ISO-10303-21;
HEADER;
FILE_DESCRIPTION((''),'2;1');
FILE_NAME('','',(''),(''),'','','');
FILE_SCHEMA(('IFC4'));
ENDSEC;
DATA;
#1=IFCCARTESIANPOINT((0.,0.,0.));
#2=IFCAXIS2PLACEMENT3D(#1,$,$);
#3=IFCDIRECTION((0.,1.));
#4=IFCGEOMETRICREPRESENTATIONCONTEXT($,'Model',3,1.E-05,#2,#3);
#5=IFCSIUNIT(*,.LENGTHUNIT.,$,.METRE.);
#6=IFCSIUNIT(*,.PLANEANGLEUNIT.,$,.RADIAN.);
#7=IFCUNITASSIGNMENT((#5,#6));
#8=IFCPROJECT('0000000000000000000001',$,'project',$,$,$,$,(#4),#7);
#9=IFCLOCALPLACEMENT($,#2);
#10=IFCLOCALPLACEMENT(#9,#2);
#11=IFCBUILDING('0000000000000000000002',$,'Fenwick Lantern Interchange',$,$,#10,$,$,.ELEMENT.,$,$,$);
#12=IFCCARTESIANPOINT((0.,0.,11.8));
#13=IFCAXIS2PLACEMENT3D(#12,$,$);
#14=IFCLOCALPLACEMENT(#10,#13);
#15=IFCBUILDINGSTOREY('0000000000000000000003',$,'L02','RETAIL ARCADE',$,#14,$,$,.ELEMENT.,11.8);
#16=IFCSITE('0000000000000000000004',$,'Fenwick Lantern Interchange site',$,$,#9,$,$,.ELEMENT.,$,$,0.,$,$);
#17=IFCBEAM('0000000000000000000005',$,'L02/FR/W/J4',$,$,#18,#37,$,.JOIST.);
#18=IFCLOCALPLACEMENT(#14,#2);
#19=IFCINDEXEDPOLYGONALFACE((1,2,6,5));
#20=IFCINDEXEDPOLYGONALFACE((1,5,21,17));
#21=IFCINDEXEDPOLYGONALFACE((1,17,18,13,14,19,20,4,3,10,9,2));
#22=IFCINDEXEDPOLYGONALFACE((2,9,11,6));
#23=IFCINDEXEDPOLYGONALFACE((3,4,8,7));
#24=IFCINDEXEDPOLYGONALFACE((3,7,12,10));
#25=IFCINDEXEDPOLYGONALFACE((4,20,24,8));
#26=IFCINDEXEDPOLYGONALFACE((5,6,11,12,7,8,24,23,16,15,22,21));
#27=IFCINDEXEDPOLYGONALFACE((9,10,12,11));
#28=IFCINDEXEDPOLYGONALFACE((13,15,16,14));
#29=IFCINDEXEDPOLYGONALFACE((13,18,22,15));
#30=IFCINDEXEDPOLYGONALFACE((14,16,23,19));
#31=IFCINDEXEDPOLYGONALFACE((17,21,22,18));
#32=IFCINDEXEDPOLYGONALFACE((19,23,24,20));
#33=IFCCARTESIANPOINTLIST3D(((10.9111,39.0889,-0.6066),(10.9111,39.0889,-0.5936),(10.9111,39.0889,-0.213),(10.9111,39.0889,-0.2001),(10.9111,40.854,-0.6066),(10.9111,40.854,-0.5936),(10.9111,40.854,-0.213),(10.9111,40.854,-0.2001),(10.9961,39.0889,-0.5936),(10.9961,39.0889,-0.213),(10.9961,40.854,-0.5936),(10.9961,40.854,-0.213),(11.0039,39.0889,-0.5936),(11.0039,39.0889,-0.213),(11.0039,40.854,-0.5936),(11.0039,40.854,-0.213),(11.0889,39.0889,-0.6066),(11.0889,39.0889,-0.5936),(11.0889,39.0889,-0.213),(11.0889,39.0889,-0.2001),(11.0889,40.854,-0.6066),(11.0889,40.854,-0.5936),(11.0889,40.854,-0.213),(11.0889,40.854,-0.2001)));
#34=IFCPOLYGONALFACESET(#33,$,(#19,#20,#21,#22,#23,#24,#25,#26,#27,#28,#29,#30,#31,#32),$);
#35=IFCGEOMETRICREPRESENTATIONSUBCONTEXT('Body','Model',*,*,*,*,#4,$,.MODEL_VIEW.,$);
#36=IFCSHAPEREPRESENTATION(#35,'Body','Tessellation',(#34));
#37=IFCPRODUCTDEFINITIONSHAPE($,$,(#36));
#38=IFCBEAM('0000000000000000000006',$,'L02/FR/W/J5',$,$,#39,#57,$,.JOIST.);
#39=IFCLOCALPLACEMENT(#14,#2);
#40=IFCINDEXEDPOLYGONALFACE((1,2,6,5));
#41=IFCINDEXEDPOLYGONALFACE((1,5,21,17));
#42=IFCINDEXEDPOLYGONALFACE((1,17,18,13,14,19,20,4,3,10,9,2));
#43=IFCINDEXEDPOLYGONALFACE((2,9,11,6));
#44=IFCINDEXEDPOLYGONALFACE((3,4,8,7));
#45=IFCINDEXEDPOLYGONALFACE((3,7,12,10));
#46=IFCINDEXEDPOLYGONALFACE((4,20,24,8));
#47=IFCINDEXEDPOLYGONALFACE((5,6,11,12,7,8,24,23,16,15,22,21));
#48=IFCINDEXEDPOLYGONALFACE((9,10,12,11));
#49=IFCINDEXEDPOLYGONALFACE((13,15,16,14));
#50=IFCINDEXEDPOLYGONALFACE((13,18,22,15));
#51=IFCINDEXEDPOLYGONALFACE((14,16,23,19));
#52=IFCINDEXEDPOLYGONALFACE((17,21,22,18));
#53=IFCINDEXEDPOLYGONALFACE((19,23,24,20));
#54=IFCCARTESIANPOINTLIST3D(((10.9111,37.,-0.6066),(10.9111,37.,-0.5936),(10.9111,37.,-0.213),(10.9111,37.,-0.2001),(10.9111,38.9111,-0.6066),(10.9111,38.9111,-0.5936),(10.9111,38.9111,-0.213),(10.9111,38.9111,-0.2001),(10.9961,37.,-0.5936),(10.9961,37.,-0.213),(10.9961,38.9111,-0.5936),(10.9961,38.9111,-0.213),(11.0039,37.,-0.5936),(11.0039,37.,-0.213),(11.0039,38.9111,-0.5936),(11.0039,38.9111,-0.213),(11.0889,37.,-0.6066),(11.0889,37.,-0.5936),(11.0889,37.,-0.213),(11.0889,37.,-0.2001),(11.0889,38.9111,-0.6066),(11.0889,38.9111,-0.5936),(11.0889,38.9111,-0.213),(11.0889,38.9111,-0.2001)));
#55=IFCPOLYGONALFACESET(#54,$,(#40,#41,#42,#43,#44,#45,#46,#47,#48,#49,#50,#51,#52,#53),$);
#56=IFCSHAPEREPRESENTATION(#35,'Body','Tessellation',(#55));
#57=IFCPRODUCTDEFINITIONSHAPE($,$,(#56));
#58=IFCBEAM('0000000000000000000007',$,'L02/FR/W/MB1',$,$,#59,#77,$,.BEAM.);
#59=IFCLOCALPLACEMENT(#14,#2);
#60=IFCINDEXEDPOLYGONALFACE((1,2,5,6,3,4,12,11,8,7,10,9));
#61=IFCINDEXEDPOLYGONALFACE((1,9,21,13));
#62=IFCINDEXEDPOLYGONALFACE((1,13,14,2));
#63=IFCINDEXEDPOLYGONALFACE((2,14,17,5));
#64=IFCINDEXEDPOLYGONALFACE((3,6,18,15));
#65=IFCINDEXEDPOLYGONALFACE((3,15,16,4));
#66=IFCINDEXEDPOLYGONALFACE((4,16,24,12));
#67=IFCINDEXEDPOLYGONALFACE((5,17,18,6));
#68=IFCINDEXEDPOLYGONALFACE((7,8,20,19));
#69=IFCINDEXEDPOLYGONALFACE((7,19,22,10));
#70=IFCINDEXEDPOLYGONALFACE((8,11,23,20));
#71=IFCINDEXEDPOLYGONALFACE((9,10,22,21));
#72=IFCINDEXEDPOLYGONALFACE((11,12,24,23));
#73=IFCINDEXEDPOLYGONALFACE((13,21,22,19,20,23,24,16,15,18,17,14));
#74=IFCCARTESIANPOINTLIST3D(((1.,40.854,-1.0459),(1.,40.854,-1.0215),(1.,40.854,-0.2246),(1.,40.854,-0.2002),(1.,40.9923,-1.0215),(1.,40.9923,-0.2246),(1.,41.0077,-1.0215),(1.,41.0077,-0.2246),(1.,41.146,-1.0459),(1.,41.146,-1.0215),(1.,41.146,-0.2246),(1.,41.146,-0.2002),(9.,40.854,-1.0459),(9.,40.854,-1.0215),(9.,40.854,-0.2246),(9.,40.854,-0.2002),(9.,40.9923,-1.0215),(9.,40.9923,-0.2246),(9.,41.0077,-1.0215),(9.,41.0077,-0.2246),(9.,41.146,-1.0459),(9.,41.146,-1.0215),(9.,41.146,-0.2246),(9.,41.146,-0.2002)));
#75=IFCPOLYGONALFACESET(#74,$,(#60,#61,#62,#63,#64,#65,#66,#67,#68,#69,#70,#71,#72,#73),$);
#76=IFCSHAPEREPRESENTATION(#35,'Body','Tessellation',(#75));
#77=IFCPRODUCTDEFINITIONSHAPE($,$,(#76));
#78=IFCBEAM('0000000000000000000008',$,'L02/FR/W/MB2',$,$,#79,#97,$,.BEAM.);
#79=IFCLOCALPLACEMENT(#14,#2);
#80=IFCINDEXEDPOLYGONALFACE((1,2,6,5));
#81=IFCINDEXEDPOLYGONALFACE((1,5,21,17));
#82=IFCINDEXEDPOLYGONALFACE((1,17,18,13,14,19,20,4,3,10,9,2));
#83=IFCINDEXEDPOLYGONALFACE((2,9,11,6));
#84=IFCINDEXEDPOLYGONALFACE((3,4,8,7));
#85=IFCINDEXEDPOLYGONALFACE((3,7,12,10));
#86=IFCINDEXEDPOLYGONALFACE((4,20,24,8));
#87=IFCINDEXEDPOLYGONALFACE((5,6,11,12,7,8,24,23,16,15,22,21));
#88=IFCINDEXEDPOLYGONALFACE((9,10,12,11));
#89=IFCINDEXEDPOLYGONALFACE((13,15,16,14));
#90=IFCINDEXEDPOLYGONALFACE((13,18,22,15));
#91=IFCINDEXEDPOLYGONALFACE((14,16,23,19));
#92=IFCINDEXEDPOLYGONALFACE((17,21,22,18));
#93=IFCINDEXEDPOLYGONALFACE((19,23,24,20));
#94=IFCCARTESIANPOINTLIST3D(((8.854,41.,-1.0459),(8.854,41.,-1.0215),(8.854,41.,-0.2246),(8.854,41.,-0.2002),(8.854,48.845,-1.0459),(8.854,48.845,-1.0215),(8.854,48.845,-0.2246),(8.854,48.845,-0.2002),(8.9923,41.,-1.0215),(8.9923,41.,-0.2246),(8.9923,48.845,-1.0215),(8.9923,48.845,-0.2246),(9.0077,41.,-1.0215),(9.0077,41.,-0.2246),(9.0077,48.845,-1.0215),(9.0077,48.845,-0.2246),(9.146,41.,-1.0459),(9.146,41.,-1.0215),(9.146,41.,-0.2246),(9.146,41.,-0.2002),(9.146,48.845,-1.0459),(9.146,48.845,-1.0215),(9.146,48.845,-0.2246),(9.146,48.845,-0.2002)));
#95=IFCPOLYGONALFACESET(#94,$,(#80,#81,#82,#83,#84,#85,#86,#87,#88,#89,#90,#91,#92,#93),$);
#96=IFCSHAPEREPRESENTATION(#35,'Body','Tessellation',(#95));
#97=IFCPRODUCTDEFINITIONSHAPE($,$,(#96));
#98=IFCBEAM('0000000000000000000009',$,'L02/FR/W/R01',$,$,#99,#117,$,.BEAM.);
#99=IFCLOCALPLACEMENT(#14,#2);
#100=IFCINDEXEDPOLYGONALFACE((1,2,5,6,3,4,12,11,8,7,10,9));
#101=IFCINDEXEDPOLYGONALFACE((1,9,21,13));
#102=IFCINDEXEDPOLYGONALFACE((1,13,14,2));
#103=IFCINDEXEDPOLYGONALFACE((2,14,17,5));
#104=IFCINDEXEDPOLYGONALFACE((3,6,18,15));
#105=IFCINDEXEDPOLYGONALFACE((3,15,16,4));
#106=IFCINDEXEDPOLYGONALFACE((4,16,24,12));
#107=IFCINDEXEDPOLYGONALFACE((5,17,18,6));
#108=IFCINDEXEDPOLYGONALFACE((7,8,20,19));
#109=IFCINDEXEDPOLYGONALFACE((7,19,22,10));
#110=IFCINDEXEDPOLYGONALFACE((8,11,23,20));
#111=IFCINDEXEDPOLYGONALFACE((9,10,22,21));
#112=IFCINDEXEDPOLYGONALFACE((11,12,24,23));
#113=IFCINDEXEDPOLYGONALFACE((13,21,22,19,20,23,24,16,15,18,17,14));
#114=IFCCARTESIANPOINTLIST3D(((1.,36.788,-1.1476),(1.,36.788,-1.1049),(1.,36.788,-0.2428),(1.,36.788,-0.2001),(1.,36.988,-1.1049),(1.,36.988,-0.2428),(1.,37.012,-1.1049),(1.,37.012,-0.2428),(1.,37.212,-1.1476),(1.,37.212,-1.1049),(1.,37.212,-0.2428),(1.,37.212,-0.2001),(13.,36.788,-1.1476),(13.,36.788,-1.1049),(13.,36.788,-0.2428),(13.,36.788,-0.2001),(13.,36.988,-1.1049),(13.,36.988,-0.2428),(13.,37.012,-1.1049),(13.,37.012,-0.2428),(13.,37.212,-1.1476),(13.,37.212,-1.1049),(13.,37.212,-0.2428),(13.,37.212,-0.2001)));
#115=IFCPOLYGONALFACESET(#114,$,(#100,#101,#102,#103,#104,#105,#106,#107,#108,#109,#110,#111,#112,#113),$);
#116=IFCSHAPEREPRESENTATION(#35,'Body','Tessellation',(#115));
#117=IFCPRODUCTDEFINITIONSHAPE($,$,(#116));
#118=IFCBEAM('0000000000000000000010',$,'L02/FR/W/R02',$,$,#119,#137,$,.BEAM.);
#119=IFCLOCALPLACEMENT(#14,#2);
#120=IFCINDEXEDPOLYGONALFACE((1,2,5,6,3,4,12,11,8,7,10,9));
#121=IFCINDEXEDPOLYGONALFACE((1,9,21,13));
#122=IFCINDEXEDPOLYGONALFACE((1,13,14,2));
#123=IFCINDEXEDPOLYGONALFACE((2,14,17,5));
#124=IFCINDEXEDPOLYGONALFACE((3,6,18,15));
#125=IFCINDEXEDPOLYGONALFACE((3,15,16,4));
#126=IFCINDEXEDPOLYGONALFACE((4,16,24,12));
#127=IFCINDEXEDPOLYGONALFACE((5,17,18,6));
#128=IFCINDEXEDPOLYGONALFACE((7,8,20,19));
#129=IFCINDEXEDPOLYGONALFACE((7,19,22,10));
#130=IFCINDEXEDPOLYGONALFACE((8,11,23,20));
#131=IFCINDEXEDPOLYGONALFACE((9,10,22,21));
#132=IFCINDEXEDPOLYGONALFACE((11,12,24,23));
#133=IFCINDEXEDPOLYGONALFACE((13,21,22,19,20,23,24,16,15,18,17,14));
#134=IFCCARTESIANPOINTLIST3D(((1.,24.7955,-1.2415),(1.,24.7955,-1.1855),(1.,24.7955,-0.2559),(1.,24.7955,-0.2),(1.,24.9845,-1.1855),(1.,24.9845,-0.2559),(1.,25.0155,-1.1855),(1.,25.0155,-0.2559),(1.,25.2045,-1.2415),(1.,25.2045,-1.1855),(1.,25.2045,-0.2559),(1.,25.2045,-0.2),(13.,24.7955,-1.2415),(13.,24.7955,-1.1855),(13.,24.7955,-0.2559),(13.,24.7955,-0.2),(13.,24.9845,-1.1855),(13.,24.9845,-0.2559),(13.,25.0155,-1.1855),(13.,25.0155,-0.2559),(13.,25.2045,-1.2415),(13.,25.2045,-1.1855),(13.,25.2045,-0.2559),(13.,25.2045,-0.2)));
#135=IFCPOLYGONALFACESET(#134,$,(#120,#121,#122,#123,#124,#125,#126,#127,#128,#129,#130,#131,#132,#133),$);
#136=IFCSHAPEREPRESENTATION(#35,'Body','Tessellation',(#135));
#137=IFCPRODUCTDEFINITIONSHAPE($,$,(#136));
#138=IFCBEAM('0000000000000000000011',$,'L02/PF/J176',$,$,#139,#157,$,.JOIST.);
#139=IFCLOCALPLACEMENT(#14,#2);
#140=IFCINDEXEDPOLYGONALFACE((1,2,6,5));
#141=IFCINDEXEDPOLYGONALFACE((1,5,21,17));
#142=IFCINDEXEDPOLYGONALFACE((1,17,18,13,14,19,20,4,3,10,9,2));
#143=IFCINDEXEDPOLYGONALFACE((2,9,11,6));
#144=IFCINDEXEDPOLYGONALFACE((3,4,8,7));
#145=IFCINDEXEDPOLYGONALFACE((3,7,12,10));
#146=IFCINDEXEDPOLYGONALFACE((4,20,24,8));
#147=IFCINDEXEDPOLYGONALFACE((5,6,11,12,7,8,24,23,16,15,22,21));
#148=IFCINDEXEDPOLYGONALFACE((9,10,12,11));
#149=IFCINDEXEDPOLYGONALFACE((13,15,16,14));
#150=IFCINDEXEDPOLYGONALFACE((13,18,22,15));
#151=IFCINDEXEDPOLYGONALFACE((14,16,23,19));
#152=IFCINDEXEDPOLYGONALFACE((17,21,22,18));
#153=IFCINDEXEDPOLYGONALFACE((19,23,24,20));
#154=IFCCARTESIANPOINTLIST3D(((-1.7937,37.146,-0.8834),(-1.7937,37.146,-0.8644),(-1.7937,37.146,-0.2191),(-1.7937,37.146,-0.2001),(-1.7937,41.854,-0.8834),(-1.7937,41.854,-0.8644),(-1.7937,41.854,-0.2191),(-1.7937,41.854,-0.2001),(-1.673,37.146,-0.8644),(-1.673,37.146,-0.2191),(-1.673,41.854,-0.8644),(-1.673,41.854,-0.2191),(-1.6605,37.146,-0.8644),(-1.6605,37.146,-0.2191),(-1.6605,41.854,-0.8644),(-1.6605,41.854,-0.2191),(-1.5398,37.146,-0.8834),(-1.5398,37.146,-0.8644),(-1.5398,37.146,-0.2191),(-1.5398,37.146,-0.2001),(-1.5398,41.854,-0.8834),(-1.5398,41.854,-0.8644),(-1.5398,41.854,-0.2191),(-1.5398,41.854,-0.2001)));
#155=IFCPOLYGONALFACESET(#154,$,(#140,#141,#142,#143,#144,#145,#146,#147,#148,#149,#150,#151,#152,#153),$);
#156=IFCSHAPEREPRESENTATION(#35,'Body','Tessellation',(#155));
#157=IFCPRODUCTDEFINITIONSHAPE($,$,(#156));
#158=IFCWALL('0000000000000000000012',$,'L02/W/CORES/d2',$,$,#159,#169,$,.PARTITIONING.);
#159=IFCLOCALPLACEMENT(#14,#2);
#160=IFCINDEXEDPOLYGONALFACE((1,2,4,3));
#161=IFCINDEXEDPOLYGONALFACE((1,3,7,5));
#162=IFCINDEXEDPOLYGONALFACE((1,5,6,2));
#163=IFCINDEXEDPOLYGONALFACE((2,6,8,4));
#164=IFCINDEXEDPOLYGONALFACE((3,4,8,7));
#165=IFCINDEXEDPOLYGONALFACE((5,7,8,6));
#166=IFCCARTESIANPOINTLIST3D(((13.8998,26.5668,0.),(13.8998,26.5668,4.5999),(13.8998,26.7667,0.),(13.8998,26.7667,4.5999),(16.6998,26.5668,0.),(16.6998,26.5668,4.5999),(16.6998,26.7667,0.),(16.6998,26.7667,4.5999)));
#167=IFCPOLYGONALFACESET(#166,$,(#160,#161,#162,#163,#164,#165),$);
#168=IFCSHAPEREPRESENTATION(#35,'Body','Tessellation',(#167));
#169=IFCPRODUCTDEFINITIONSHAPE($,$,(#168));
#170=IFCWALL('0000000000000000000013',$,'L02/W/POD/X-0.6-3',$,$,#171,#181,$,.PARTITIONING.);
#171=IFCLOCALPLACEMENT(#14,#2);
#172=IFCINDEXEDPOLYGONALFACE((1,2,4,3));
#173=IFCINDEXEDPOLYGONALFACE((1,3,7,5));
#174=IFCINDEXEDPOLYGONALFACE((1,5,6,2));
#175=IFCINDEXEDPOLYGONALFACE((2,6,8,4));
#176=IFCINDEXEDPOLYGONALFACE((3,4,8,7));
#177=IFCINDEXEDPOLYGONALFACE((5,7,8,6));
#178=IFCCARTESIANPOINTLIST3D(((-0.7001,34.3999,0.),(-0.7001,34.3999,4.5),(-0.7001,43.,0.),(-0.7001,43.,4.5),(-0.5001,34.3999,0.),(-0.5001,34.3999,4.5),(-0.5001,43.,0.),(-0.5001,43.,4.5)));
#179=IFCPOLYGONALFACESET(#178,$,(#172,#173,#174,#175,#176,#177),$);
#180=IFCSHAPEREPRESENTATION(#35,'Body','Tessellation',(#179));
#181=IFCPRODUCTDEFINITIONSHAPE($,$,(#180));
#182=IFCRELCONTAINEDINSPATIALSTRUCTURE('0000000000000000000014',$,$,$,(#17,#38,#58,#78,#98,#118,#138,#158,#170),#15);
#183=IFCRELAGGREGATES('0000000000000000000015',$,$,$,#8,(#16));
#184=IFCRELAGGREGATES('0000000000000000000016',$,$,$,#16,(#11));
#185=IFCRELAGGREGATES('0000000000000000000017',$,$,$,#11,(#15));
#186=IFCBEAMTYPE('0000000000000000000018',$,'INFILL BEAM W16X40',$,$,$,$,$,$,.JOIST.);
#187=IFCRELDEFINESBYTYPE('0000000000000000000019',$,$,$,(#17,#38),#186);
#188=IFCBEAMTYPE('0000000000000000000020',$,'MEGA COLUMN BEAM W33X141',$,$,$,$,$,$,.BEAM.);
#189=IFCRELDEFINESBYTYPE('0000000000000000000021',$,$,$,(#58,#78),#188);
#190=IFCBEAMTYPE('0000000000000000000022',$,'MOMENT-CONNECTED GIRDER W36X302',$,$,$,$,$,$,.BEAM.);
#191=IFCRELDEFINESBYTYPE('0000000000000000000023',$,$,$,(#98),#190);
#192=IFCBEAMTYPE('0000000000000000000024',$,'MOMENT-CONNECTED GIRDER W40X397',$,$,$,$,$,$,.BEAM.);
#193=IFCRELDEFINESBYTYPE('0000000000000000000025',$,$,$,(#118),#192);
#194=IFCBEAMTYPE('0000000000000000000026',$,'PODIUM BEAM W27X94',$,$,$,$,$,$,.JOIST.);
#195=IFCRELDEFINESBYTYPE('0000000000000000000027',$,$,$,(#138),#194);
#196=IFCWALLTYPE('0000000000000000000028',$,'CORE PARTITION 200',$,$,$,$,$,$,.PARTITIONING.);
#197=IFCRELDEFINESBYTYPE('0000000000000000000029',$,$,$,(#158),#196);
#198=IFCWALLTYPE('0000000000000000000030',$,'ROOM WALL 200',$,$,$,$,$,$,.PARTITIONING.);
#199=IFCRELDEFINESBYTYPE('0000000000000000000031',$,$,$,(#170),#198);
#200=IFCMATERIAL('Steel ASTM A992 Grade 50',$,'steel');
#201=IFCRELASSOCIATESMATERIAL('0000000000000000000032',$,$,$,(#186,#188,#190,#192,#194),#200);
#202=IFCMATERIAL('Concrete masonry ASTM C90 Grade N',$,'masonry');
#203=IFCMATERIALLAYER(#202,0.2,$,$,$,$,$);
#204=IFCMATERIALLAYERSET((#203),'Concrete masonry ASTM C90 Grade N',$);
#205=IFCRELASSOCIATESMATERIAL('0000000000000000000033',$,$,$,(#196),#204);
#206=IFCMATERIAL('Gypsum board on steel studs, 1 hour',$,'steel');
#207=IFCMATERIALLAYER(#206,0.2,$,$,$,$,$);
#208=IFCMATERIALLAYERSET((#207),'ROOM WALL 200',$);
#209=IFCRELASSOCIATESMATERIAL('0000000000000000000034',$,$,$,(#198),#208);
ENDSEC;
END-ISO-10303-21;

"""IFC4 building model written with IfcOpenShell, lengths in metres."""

from ifc_helpers import new_model, si_unit, direction, frame, frame_2d, origin, origin_2d, place, context, subcontext, project, spatial, rectangle, i_section, extrude, material, layer, layer_set, material_profile, profile_set, type_object, element, save


model = new_model("IFC4")

# Units and contexts
model_context = context("Model", 3, precision=1e-05, world=origin(), true_north=direction((0.0, 1.0)))
body_context = subcontext(model_context, "Body", "Model", "MODEL_VIEW")
ifc_project = project(units=[si_unit("LENGTHUNIT", "METRE"), si_unit("PLANEANGLEUNIT", "RADIAN")], contexts=[model_context])

# Site, building, storey
site_placement = place(None, origin())
site = spatial("IfcSite", under=ifc_project, at=site_placement, Name="Fenwick Lantern Interchange site", CompositionType="ELEMENT", RefElevation=0.0)
building_placement = place(site_placement, origin())
building = spatial("IfcBuilding", under=site, at=building_placement, Name="Fenwick Lantern Interchange", CompositionType="ELEMENT")
storey_placement = place(building_placement, frame((0.0, 0.0, 11.8)))
storey = spatial("IfcBuildingStorey", under=building, at=storey_placement, Name="L02", Description="RETAIL ARCADE", CompositionType="ELEMENT", Elevation=11.8)

# Beams
ifc_material_1 = material(Name="Steel ASTM A992 Grade 50", Category="steel")
ifc_material_profile_1 = material_profile(ifc_material_1, i_section(OverallWidth=0.1777, OverallDepth=0.4065, WebThickness=0.0078, FlangeThickness=0.0129, at=origin_2d()), Name="W16X40")
ifc_profile_set_1 = profile_set([ifc_material_profile_1], Name="Steel ASTM A992 Grade 50")
beam_type_1 = type_object("IfcBeamType", Name="INFILL BEAM W16X40", PredefinedType="JOIST", material=ifc_profile_set_1)
beam_1_placement = place(storey_placement, frame((11.0, 40.854, -0.4033), z_axis=(0.0, -1.0, 0.0), x_axis=(1.0, 0.0, 0.0)))
element("IfcBeam", 1, at=beam_1_placement, inside=storey, type_object=beam_type_1, Name="L02/FR/W/J4", PredefinedType="JOIST", context=body_context, shape_type="SweptSolid", body=[
    extrude(i_section(OverallWidth=0.1777, OverallDepth=0.4065, WebThickness=0.0078, FlangeThickness=0.0129, at=origin_2d()), origin(), (0.0, 0.0, 1.0), 1.7651),
])
beam_2_placement = place(storey_placement, frame((11.0, 38.9111, -0.4033), z_axis=(0.0, -1.0, 0.0), x_axis=(1.0, 0.0, 0.0)))
element("IfcBeam", 2, at=beam_2_placement, inside=storey, type_object=beam_type_1, Name="L02/FR/W/J5", PredefinedType="JOIST", context=body_context, shape_type="SweptSolid", body=[
    extrude(i_section(OverallWidth=0.1777, OverallDepth=0.4065, WebThickness=0.0078, FlangeThickness=0.0129, at=origin_2d()), origin(), (0.0, 0.0, 1.0), 1.9111),
])
ifc_material_profile_2 = material_profile(ifc_material_1, i_section(OverallWidth=0.292, OverallDepth=0.8457, WebThickness=0.0154, FlangeThickness=0.0244, at=origin_2d()), Name="W33X141")
ifc_profile_set_2 = profile_set([ifc_material_profile_2], Name="Steel ASTM A992 Grade 50")
beam_type_2 = type_object("IfcBeamType", Name="MEGA COLUMN BEAM W33X141", PredefinedType="BEAM", material=ifc_profile_set_2)
beam_3_placement = place(storey_placement, frame((9.0, 41.0, -0.623), z_axis=(-1.0, 0.0, 0.0), x_axis=(0.0, -1.0, 0.0)))
element("IfcBeam", 3, at=beam_3_placement, inside=storey, type_object=beam_type_2, Name="L02/FR/W/MB1", PredefinedType="BEAM", context=body_context, shape_type="SweptSolid", body=[
    extrude(i_section(OverallWidth=0.292, OverallDepth=0.8457, WebThickness=0.0154, FlangeThickness=0.0244, at=origin_2d()), origin(), (0.0, 0.0, 1.0), 8.0),
])
beam_4_placement = place(storey_placement, frame((9.0, 41.0, -0.623), z_axis=(0.0, 1.0, 0.0), x_axis=(-1.0, 0.0, 0.0)))
element("IfcBeam", 4, at=beam_4_placement, inside=storey, type_object=beam_type_2, Name="L02/FR/W/MB2", PredefinedType="BEAM", context=body_context, shape_type="SweptSolid", body=[
    extrude(i_section(OverallWidth=0.292, OverallDepth=0.8457, WebThickness=0.0154, FlangeThickness=0.0244, at=origin_2d()), origin(), (0.0, 0.0, 1.0), 7.845),
])
ifc_material_profile_3 = material_profile(ifc_material_1, i_section(OverallWidth=0.4241, OverallDepth=0.9475, WebThickness=0.0239, FlangeThickness=0.0427, at=origin_2d()), Name="W36X302")
ifc_profile_set_3 = profile_set([ifc_material_profile_3], Name="Steel ASTM A992 Grade 50")
beam_type_3 = type_object("IfcBeamType", Name="MOMENT-CONNECTED GIRDER W36X302", PredefinedType="BEAM", material=ifc_profile_set_3)
beam_5_placement = place(storey_placement, frame((1.0, 37.0, -0.6738), z_axis=(1.0, 0.0, 0.0), x_axis=(0.0, 1.0, 0.0)))
element("IfcBeam", 5, at=beam_5_placement, inside=storey, type_object=beam_type_3, Name="L02/FR/W/R01", PredefinedType="BEAM", context=body_context, shape_type="SweptSolid", body=[
    extrude(i_section(OverallWidth=0.4241, OverallDepth=0.9475, WebThickness=0.0239, FlangeThickness=0.0427, at=origin_2d()), origin(), (0.0, 0.0, 1.0), 12.0),
])
ifc_material_profile_4 = material_profile(ifc_material_1, i_section(OverallWidth=0.4089, OverallDepth=1.0415, WebThickness=0.031, FlangeThickness=0.0559, at=origin_2d()), Name="W40X397")
ifc_profile_set_4 = profile_set([ifc_material_profile_4], Name="Steel ASTM A992 Grade 50")
beam_type_4 = type_object("IfcBeamType", Name="MOMENT-CONNECTED GIRDER W40X397", PredefinedType="BEAM", material=ifc_profile_set_4)
beam_6_placement = place(storey_placement, frame((1.0, 25.0, -0.7207), z_axis=(1.0, 0.0, 0.0), x_axis=(0.0, 1.0, 0.0)))
element("IfcBeam", 6, at=beam_6_placement, inside=storey, type_object=beam_type_4, Name="L02/FR/W/R02", PredefinedType="BEAM", context=body_context, shape_type="SweptSolid", body=[
    extrude(i_section(OverallWidth=0.4089, OverallDepth=1.0415, WebThickness=0.031, FlangeThickness=0.0559, at=origin_2d()), origin(), (0.0, 0.0, 1.0), 12.0),
])
ifc_material_profile_5 = material_profile(ifc_material_1, i_section(OverallWidth=0.2539, OverallDepth=0.6833, WebThickness=0.0125, FlangeThickness=0.019, at=origin_2d()), Name="W27X94")
ifc_profile_set_5 = profile_set([ifc_material_profile_5], Name="Steel ASTM A992 Grade 50")
beam_type_5 = type_object("IfcBeamType", Name="PODIUM BEAM W27X94", PredefinedType="JOIST", material=ifc_profile_set_5)
beam_7_placement = place(storey_placement, frame((-1.6667, 37.146, -0.5417), z_axis=(0.0, 1.0, 0.0), x_axis=(-1.0, 0.0, 0.0)))
element("IfcBeam", 7, at=beam_7_placement, inside=storey, type_object=beam_type_5, Name="L02/PF/J176", PredefinedType="JOIST", context=body_context, shape_type="SweptSolid", body=[
    extrude(i_section(OverallWidth=0.2539, OverallDepth=0.6833, WebThickness=0.0125, FlangeThickness=0.019, at=origin_2d()), origin(), (0.0, 0.0, 1.0), 4.708),
])

# Wall
ifc_material_2 = material(Name="Concrete masonry ASTM C90 Grade N", Category="masonry")
ifc_layer_1 = layer(ifc_material_2, 0.2)
ifc_layer_set_1 = layer_set([ifc_layer_1], Name="Concrete masonry ASTM C90 Grade N")
wall_type_1 = type_object("IfcWallType", Name="CORE PARTITION 200", PredefinedType="PARTITIONING", material=ifc_layer_set_1)
wall_1_placement = place(storey_placement, frame((13.8999, 26.6667, 0.0), z_axis=(0.0, 0.0, 1.0), x_axis=(1.0, 0.0, 0.0)))
element("IfcWall", 8, at=wall_1_placement, inside=storey, type_object=wall_type_1, Name="L02/W/CORES/d2", PredefinedType="PARTITIONING", context=body_context, shape_type="SweptSolid", body=[
    extrude(rectangle(XDim=2.8, YDim=0.2, at=frame_2d((1.3999, 0.0))), origin(), (0.0, 0.0, 1.0), 4.5999),
])

# Wall
ifc_material_3 = material(Name="Gypsum board on steel studs, 1 hour", Category="steel")
ifc_layer_2 = layer(ifc_material_3, 0.2)
ifc_layer_set_2 = layer_set([ifc_layer_2], Name="ROOM WALL 200")
wall_type_2 = type_object("IfcWallType", Name="ROOM WALL 200", PredefinedType="PARTITIONING", material=ifc_layer_set_2)
wall_2_placement = place(storey_placement, frame((-0.6001, 34.3999, 0.0), z_axis=(0.0, 0.0, 1.0), x_axis=(0.0, 1.0, 0.0)))
element("IfcWall", 9, at=wall_2_placement, inside=storey, type_object=wall_type_2, Name="L02/W/POD/X-0.6-3", PredefinedType="PARTITIONING", context=body_context, shape_type="SweptSolid", body=[
    extrude(rectangle(XDim=8.6001, YDim=0.2, at=frame_2d((4.3, 0.0))), origin(), (0.0, 0.0, 1.0), 4.5),
])

save(model, "model.ifc")
